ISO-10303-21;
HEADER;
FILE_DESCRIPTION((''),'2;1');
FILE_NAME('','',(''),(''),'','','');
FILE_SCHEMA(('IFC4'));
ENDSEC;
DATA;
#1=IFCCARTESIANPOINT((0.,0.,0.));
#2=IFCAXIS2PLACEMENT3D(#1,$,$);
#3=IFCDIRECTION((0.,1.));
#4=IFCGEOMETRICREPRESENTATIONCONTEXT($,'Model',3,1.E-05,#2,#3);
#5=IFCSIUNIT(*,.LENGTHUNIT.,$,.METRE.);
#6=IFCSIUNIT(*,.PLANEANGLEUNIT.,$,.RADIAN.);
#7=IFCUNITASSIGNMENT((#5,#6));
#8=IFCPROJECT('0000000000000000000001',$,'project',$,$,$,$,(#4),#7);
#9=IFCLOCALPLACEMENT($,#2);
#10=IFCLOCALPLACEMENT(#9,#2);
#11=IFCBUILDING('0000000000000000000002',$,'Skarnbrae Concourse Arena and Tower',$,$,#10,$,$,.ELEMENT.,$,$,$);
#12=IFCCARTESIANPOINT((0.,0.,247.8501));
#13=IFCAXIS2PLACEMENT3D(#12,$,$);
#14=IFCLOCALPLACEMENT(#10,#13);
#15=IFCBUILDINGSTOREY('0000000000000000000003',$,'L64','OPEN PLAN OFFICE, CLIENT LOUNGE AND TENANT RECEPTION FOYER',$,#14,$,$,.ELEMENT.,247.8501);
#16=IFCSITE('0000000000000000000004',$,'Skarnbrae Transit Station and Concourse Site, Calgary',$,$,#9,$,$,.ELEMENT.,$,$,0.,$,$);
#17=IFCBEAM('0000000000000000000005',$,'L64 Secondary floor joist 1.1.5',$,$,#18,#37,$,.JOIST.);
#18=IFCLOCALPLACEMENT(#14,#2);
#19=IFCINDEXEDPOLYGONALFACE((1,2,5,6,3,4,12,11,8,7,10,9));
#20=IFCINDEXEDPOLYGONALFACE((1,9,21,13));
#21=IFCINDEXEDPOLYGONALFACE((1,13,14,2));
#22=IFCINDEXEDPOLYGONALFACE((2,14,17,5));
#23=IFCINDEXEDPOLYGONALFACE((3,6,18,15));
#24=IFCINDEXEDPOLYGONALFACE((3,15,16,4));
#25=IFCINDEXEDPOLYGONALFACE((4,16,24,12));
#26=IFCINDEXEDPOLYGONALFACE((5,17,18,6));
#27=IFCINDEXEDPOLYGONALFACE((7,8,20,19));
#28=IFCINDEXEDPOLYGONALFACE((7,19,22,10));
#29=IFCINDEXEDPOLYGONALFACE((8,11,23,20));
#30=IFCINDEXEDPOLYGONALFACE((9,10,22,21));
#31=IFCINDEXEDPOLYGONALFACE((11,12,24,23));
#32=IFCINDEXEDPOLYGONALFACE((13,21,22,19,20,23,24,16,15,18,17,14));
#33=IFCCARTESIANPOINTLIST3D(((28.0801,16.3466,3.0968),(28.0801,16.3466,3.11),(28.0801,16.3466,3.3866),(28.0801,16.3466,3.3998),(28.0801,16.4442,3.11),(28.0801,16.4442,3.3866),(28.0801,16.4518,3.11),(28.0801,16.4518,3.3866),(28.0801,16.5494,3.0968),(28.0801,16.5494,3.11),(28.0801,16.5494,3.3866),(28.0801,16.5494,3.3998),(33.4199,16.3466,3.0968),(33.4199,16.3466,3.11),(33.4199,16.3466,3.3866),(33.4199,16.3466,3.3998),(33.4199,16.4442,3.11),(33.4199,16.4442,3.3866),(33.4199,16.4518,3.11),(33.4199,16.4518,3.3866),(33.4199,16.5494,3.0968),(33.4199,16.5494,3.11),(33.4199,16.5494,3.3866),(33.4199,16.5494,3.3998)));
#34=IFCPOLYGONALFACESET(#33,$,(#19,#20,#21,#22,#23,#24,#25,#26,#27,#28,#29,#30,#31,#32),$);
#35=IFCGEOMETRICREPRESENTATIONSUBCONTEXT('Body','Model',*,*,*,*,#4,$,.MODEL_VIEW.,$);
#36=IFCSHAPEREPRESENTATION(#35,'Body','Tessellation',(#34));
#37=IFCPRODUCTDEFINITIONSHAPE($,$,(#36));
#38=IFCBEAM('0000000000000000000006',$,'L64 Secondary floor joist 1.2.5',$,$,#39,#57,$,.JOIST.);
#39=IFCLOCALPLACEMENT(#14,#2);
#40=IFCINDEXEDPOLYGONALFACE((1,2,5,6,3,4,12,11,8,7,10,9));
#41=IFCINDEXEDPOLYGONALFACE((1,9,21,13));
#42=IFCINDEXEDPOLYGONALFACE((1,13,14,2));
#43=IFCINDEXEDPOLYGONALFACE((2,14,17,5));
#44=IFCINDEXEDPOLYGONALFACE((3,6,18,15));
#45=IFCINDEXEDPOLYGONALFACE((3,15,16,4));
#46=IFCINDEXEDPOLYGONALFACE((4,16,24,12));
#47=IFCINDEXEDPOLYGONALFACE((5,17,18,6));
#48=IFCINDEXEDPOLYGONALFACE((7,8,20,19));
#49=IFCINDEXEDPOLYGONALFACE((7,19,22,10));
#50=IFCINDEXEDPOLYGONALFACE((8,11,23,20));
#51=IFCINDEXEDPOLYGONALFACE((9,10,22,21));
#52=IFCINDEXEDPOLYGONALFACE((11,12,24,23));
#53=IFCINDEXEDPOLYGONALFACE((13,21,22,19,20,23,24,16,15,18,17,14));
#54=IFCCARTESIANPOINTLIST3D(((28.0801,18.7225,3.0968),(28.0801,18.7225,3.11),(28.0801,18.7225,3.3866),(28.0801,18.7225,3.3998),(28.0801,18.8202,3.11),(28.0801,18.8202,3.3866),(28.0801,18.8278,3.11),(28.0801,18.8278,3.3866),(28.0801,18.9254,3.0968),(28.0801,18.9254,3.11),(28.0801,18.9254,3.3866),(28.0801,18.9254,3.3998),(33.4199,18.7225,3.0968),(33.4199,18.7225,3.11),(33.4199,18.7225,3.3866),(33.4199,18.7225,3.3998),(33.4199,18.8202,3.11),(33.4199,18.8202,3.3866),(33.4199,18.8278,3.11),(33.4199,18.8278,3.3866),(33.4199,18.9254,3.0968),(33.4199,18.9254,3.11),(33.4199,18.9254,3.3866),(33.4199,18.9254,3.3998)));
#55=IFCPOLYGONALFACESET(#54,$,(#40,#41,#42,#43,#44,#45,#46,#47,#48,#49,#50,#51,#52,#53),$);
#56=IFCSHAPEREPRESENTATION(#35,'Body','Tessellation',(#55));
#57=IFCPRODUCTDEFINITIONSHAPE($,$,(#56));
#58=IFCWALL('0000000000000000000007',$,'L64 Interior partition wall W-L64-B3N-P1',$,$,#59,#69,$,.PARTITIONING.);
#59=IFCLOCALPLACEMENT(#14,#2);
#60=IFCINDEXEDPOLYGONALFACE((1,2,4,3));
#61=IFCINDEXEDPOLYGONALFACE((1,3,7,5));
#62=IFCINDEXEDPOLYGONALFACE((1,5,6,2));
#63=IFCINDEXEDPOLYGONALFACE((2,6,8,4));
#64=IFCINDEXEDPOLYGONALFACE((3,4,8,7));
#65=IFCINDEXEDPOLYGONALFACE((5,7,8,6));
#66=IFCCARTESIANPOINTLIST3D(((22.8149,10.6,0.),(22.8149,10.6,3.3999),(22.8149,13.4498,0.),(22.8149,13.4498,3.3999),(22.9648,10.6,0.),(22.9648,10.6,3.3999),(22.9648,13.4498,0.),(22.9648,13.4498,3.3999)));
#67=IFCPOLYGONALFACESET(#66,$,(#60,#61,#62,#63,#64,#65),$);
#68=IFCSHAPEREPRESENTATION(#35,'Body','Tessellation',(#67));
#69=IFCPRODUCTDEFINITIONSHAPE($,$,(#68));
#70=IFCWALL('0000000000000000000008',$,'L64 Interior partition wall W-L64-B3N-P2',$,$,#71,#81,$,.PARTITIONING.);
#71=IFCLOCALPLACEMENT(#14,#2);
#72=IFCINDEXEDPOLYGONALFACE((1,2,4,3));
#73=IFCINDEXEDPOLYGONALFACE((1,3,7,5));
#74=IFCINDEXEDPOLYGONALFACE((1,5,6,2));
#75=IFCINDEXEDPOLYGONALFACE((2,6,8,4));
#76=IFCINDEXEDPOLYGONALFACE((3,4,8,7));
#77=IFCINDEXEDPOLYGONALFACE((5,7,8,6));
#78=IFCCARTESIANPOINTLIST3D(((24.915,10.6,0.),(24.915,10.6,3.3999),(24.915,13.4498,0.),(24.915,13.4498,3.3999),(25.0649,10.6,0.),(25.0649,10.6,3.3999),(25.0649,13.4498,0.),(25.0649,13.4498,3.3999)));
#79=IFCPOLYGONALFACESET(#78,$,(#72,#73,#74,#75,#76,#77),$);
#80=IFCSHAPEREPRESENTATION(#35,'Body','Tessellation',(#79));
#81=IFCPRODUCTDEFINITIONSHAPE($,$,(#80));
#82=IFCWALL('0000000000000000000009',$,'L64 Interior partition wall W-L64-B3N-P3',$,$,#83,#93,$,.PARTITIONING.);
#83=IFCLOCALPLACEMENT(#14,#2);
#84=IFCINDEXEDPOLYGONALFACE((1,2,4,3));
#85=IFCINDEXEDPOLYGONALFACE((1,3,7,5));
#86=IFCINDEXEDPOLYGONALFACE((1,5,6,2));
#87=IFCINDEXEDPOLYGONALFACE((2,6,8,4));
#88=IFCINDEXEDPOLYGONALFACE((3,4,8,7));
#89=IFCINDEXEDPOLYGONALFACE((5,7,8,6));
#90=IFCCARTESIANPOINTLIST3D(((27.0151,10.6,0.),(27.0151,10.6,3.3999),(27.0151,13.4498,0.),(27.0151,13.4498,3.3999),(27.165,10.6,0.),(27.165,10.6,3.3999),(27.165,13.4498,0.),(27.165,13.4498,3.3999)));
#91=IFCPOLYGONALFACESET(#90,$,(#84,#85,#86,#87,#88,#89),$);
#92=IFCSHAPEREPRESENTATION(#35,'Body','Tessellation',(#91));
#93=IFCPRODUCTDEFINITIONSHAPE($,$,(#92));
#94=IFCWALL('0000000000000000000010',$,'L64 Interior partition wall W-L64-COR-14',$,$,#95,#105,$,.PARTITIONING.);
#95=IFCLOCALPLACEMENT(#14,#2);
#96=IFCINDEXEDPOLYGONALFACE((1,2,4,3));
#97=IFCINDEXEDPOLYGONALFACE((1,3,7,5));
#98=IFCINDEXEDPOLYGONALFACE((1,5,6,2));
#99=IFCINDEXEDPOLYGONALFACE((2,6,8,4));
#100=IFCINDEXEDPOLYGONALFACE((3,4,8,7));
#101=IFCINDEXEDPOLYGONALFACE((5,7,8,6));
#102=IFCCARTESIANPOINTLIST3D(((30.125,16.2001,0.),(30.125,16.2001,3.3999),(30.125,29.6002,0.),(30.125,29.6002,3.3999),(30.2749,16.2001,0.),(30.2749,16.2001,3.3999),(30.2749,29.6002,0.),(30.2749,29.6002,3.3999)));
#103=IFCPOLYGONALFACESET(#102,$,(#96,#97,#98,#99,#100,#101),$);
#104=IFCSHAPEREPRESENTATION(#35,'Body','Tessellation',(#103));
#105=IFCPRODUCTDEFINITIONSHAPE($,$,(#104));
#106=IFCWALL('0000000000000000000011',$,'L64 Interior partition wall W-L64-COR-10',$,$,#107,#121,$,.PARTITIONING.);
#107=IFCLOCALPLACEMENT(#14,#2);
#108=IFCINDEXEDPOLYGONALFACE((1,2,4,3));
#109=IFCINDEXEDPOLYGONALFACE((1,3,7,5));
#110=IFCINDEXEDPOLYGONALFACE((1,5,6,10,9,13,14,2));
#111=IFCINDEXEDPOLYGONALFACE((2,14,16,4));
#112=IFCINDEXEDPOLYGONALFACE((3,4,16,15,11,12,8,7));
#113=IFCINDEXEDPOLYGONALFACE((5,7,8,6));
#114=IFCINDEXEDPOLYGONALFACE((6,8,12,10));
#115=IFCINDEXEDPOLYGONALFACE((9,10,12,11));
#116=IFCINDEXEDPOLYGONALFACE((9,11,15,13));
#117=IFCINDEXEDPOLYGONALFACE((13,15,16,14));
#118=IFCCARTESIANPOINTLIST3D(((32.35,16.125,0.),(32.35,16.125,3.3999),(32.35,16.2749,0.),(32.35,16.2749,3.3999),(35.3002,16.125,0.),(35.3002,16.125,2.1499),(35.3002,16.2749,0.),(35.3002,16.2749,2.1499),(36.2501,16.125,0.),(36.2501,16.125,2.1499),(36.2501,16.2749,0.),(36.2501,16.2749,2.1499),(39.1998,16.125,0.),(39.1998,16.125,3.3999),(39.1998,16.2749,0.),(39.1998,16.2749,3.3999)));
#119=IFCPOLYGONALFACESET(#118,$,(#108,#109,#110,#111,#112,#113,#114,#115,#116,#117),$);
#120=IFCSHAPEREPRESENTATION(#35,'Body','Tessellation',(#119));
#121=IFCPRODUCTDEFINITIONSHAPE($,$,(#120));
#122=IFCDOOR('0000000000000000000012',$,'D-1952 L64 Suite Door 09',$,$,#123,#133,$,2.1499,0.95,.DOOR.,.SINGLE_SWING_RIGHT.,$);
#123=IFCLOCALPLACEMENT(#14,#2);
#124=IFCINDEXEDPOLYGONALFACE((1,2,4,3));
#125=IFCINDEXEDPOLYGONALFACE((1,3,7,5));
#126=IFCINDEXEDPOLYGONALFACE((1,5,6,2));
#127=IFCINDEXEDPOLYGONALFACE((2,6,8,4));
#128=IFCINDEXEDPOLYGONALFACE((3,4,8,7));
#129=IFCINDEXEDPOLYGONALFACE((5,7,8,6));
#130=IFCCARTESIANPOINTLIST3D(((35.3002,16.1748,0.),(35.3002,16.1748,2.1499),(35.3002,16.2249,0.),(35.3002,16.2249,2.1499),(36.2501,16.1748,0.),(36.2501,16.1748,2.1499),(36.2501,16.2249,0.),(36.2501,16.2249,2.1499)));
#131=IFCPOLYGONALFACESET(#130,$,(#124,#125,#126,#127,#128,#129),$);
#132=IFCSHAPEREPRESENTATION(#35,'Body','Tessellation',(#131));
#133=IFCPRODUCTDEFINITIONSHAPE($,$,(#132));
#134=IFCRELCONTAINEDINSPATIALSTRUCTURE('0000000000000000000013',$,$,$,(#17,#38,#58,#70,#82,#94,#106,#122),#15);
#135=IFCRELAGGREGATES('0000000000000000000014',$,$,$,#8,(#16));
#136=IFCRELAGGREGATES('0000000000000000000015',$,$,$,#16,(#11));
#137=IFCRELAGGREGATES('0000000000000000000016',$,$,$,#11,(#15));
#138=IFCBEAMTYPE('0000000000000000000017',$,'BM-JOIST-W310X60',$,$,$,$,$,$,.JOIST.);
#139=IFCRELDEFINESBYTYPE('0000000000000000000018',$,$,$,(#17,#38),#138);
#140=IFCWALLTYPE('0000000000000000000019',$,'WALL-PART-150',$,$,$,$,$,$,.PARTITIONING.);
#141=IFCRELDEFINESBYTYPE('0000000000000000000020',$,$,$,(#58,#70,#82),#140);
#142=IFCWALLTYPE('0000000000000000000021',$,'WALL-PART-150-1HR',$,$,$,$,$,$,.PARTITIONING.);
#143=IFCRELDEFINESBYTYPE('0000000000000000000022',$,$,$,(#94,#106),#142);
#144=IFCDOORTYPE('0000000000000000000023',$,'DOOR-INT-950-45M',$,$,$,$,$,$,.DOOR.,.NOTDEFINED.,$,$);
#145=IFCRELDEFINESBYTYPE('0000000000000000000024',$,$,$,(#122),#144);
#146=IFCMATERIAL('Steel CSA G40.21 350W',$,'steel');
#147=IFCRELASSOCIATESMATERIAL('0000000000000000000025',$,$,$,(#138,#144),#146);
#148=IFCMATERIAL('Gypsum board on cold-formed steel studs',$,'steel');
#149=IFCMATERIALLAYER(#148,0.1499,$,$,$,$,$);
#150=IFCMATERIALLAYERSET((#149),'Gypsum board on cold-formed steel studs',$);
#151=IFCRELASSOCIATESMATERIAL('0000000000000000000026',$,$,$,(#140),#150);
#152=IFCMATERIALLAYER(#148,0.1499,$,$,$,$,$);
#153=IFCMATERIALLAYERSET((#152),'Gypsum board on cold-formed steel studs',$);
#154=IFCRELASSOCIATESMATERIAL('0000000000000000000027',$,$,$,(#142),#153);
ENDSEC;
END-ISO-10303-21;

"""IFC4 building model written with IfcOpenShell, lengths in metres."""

from ifc_helpers import new_model, si_unit, direction, frame, frame_2d, origin, origin_2d, place, context, subcontext, project, spatial, rectangle, i_section, extrude, source, transform, mapped, material, layer, layer_set, material_profile, profile_set, type_object, element, fill, save


model = new_model("IFC4")

# Units and contexts
model_context = context("Model", 3, precision=1e-05, world=origin(), true_north=direction((0.0, 1.0)))
body_context = subcontext(model_context, "Body", "Model", "MODEL_VIEW")
ifc_project = project(units=[si_unit("LENGTHUNIT", "METRE"), si_unit("PLANEANGLEUNIT", "RADIAN")], contexts=[model_context])

# Site, building, storey
site_placement = place(None, origin())
site = spatial("IfcSite", under=ifc_project, at=site_placement, Name="Skarnbrae Transit Station and Concourse Site, Calgary", CompositionType="ELEMENT", RefElevation=0.0)
building_placement = place(site_placement, origin())
building = spatial("IfcBuilding", under=site, at=building_placement, Name="Skarnbrae Concourse Arena and Tower", CompositionType="ELEMENT")
storey_placement = place(building_placement, frame((0.0, 0.0, 247.8501)))
storey = spatial("IfcBuildingStorey", under=building, at=storey_placement, Name="L64", Description="OPEN PLAN OFFICE, CLIENT LOUNGE AND TENANT RECEPTION FOYER", CompositionType="ELEMENT", Elevation=247.8501)

# Shared definitions
ifc_material_1 = material(Name="Steel CSA G40.21 350W", Category="steel")

# Beams
ifc_material_profile_1 = material_profile(ifc_material_1, i_section(OverallWidth=0.2029, OverallDepth=0.303, WebThickness=0.0076, FlangeThickness=0.0132, at=origin_2d()), Name="W310X60")
ifc_profile_set_1 = profile_set([ifc_material_profile_1], Name="Steel CSA G40.21 350W")
beam_type_1 = type_object("IfcBeamType", Name="BM-JOIST-W310X60", PredefinedType="JOIST", material=ifc_profile_set_1)
shared_shape_1 = source(origin(), body_context, "Body", "SweptSolid", [
    extrude(i_section(OverallWidth=0.2029, OverallDepth=0.303, WebThickness=0.0076, FlangeThickness=0.0132, at=origin_2d()), origin(), (0.0, 0.0, 1.0), 5.3398),
])
for number, where, z_axis, x_axis, name in (
    (1, (28.0801, 16.448, 3.2483), (1.0, 0.0, 0.0), (0.0, 1.0, 0.0), "L64 Secondary floor joist 1.1.5"),
    (2, (28.0801, 18.824, 3.2483), (1.0, 0.0, 0.0), (0.0, 1.0, 0.0), "L64 Secondary floor joist 1.2.5"),
):
    element("IfcBeam", number, at=place(storey_placement, frame(where, z_axis=z_axis, x_axis=x_axis)), inside=storey, type_object=beam_type_1, Name=name, PredefinedType="JOIST", context=body_context, shape_type="MappedRepresentation", body=[
        mapped(shared_shape_1, transform((0.0, 0.0, 0.0))),
    ])

# Walls
ifc_material_2 = material(Name="Gypsum board on cold-formed steel studs", Category="steel")
ifc_layer_1 = layer(ifc_material_2, 0.1499)
ifc_layer_set_1 = layer_set([ifc_layer_1], Name="Gypsum board on cold-formed steel studs")
wall_type_1 = type_object("IfcWallType", Name="WALL-PART-150", PredefinedType="PARTITIONING", material=ifc_layer_set_1)
shared_shape_2 = source(origin(), body_context, "Body", "SweptSolid", [
    extrude(rectangle(XDim=2.8499, YDim=0.1499, at=frame_2d((1.4248, 0.0))), origin(), (0.0, 0.0, 1.0), 3.3999),
])
for number, where, z_axis, x_axis, name in (
    (3, (22.8899, 10.6001, 0.0), (0.0, 0.0, 1.0), (0.0, 1.0, 0.0), "L64 Interior partition wall W-L64-B3N-P1"),
    (4, (24.99, 10.6001, 0.0), (0.0, 0.0, 1.0), (0.0, 1.0, 0.0), "L64 Interior partition wall W-L64-B3N-P2"),
    (5, (27.0901, 10.6001, 0.0), (0.0, 0.0, 1.0), (0.0, 1.0, 0.0), "L64 Interior partition wall W-L64-B3N-P3"),
):
    element("IfcWall", number, at=place(storey_placement, frame(where, z_axis=z_axis, x_axis=x_axis)), inside=storey, type_object=wall_type_1, Name=name, PredefinedType="PARTITIONING", context=body_context, shape_type="MappedRepresentation", body=[
        mapped(shared_shape_2, transform((0.0, 0.0, 0.0))),
    ])
ifc_layer_2 = layer(ifc_material_2, 0.1499)
ifc_layer_set_2 = layer_set([ifc_layer_2], Name="Gypsum board on cold-formed steel studs")
wall_type_2 = type_object("IfcWallType", Name="WALL-PART-150-1HR", PredefinedType="PARTITIONING", material=ifc_layer_set_2)
shared_shape_3 = source(origin(), body_context, "Body", "SweptSolid", [
    extrude(rectangle(XDim=13.4001, YDim=0.1499, at=frame_2d((6.7002, 0.0))), origin(), (0.0, 0.0, 1.0), 3.3999),
])
wall_1_placement = place(storey_placement, frame((30.2, 16.2, 0.0), z_axis=(0.0, 0.0, 1.0), x_axis=(0.0, 1.0, 0.0)))
element("IfcWall", 6, at=wall_1_placement, inside=storey, type_object=wall_type_2, Name="L64 Interior partition wall W-L64-COR-14", PredefinedType="PARTITIONING", context=body_context, shape_type="MappedRepresentation", body=[
    mapped(shared_shape_3, transform((0.0, 0.0, 0.0))),
])

# Wall, opening, door
shared_shape_4 = source(origin(), body_context, "Body", "SweptSolid", [
    extrude(rectangle(XDim=6.8499, YDim=0.1499, at=frame_2d((3.4248, 0.0))), origin(), (0.0, 0.0, 1.0), 3.3999),
])
wall_2_placement = place(storey_placement, frame((32.3501, 16.2, 0.0), z_axis=(0.0, 0.0, 1.0), x_axis=(1.0, 0.0, 0.0)))
wall_2 = element("IfcWall", 7, at=wall_2_placement, inside=storey, type_object=wall_type_2, Name="L64 Interior partition wall W-L64-COR-10", PredefinedType="PARTITIONING", context=body_context, shape_type="MappedRepresentation", body=[
    mapped(shared_shape_4, transform((0.0, 0.0, 0.0))),
])
opening_1_placement = place(wall_2_placement, frame((2.95, 0.0, 0.0)))
opening_1 = element("IfcOpeningElement", 8, at=opening_1_placement, cuts=wall_2, PredefinedType="OPENING", context=body_context, shape_type="SweptSolid", body=[
    extrude(rectangle(XDim=0.95, YDim=2.1499, at=frame_2d((0.4751, 1.075))), frame((0.0, 0.085, 0.0), z_axis=(0.0, -1.0, 0.0), x_axis=(1.0, 0.0, 0.0)), (0.0, 0.0, 1.0), 0.1699),
])
door_type_1 = type_object("IfcDoorType", Name="DOOR-INT-950-45M", OperationType="NOTDEFINED", PredefinedType="DOOR", material=ifc_material_1)
shared_shape_5 = source(origin(), body_context, "Body", "SweptSolid", [
    extrude(rectangle(XDim=0.95, YDim=2.1499, at=frame_2d((0.4751, 1.075))), frame((0.0, 0.0249, 0.0), z_axis=(0.0, -1.0, 0.0), x_axis=(1.0, 0.0, 0.0)), (0.0, 0.0, 1.0), 0.05),
])
door_1_placement = place(opening_1_placement, origin())
door_1 = element("IfcDoor", 9, at=door_1_placement, inside=storey, type_object=door_type_1, Name="D-1952 L64 Suite Door 09", OperationType="SINGLE_SWING_RIGHT", OverallHeight=2.1499, OverallWidth=0.95, PredefinedType="DOOR", context=body_context, shape_type="MappedRepresentation", body=[
    mapped(shared_shape_5, transform((0.0, 0.0, 0.0))),
])
fill(opening_1, door_1)

save(model, "model.ifc")
